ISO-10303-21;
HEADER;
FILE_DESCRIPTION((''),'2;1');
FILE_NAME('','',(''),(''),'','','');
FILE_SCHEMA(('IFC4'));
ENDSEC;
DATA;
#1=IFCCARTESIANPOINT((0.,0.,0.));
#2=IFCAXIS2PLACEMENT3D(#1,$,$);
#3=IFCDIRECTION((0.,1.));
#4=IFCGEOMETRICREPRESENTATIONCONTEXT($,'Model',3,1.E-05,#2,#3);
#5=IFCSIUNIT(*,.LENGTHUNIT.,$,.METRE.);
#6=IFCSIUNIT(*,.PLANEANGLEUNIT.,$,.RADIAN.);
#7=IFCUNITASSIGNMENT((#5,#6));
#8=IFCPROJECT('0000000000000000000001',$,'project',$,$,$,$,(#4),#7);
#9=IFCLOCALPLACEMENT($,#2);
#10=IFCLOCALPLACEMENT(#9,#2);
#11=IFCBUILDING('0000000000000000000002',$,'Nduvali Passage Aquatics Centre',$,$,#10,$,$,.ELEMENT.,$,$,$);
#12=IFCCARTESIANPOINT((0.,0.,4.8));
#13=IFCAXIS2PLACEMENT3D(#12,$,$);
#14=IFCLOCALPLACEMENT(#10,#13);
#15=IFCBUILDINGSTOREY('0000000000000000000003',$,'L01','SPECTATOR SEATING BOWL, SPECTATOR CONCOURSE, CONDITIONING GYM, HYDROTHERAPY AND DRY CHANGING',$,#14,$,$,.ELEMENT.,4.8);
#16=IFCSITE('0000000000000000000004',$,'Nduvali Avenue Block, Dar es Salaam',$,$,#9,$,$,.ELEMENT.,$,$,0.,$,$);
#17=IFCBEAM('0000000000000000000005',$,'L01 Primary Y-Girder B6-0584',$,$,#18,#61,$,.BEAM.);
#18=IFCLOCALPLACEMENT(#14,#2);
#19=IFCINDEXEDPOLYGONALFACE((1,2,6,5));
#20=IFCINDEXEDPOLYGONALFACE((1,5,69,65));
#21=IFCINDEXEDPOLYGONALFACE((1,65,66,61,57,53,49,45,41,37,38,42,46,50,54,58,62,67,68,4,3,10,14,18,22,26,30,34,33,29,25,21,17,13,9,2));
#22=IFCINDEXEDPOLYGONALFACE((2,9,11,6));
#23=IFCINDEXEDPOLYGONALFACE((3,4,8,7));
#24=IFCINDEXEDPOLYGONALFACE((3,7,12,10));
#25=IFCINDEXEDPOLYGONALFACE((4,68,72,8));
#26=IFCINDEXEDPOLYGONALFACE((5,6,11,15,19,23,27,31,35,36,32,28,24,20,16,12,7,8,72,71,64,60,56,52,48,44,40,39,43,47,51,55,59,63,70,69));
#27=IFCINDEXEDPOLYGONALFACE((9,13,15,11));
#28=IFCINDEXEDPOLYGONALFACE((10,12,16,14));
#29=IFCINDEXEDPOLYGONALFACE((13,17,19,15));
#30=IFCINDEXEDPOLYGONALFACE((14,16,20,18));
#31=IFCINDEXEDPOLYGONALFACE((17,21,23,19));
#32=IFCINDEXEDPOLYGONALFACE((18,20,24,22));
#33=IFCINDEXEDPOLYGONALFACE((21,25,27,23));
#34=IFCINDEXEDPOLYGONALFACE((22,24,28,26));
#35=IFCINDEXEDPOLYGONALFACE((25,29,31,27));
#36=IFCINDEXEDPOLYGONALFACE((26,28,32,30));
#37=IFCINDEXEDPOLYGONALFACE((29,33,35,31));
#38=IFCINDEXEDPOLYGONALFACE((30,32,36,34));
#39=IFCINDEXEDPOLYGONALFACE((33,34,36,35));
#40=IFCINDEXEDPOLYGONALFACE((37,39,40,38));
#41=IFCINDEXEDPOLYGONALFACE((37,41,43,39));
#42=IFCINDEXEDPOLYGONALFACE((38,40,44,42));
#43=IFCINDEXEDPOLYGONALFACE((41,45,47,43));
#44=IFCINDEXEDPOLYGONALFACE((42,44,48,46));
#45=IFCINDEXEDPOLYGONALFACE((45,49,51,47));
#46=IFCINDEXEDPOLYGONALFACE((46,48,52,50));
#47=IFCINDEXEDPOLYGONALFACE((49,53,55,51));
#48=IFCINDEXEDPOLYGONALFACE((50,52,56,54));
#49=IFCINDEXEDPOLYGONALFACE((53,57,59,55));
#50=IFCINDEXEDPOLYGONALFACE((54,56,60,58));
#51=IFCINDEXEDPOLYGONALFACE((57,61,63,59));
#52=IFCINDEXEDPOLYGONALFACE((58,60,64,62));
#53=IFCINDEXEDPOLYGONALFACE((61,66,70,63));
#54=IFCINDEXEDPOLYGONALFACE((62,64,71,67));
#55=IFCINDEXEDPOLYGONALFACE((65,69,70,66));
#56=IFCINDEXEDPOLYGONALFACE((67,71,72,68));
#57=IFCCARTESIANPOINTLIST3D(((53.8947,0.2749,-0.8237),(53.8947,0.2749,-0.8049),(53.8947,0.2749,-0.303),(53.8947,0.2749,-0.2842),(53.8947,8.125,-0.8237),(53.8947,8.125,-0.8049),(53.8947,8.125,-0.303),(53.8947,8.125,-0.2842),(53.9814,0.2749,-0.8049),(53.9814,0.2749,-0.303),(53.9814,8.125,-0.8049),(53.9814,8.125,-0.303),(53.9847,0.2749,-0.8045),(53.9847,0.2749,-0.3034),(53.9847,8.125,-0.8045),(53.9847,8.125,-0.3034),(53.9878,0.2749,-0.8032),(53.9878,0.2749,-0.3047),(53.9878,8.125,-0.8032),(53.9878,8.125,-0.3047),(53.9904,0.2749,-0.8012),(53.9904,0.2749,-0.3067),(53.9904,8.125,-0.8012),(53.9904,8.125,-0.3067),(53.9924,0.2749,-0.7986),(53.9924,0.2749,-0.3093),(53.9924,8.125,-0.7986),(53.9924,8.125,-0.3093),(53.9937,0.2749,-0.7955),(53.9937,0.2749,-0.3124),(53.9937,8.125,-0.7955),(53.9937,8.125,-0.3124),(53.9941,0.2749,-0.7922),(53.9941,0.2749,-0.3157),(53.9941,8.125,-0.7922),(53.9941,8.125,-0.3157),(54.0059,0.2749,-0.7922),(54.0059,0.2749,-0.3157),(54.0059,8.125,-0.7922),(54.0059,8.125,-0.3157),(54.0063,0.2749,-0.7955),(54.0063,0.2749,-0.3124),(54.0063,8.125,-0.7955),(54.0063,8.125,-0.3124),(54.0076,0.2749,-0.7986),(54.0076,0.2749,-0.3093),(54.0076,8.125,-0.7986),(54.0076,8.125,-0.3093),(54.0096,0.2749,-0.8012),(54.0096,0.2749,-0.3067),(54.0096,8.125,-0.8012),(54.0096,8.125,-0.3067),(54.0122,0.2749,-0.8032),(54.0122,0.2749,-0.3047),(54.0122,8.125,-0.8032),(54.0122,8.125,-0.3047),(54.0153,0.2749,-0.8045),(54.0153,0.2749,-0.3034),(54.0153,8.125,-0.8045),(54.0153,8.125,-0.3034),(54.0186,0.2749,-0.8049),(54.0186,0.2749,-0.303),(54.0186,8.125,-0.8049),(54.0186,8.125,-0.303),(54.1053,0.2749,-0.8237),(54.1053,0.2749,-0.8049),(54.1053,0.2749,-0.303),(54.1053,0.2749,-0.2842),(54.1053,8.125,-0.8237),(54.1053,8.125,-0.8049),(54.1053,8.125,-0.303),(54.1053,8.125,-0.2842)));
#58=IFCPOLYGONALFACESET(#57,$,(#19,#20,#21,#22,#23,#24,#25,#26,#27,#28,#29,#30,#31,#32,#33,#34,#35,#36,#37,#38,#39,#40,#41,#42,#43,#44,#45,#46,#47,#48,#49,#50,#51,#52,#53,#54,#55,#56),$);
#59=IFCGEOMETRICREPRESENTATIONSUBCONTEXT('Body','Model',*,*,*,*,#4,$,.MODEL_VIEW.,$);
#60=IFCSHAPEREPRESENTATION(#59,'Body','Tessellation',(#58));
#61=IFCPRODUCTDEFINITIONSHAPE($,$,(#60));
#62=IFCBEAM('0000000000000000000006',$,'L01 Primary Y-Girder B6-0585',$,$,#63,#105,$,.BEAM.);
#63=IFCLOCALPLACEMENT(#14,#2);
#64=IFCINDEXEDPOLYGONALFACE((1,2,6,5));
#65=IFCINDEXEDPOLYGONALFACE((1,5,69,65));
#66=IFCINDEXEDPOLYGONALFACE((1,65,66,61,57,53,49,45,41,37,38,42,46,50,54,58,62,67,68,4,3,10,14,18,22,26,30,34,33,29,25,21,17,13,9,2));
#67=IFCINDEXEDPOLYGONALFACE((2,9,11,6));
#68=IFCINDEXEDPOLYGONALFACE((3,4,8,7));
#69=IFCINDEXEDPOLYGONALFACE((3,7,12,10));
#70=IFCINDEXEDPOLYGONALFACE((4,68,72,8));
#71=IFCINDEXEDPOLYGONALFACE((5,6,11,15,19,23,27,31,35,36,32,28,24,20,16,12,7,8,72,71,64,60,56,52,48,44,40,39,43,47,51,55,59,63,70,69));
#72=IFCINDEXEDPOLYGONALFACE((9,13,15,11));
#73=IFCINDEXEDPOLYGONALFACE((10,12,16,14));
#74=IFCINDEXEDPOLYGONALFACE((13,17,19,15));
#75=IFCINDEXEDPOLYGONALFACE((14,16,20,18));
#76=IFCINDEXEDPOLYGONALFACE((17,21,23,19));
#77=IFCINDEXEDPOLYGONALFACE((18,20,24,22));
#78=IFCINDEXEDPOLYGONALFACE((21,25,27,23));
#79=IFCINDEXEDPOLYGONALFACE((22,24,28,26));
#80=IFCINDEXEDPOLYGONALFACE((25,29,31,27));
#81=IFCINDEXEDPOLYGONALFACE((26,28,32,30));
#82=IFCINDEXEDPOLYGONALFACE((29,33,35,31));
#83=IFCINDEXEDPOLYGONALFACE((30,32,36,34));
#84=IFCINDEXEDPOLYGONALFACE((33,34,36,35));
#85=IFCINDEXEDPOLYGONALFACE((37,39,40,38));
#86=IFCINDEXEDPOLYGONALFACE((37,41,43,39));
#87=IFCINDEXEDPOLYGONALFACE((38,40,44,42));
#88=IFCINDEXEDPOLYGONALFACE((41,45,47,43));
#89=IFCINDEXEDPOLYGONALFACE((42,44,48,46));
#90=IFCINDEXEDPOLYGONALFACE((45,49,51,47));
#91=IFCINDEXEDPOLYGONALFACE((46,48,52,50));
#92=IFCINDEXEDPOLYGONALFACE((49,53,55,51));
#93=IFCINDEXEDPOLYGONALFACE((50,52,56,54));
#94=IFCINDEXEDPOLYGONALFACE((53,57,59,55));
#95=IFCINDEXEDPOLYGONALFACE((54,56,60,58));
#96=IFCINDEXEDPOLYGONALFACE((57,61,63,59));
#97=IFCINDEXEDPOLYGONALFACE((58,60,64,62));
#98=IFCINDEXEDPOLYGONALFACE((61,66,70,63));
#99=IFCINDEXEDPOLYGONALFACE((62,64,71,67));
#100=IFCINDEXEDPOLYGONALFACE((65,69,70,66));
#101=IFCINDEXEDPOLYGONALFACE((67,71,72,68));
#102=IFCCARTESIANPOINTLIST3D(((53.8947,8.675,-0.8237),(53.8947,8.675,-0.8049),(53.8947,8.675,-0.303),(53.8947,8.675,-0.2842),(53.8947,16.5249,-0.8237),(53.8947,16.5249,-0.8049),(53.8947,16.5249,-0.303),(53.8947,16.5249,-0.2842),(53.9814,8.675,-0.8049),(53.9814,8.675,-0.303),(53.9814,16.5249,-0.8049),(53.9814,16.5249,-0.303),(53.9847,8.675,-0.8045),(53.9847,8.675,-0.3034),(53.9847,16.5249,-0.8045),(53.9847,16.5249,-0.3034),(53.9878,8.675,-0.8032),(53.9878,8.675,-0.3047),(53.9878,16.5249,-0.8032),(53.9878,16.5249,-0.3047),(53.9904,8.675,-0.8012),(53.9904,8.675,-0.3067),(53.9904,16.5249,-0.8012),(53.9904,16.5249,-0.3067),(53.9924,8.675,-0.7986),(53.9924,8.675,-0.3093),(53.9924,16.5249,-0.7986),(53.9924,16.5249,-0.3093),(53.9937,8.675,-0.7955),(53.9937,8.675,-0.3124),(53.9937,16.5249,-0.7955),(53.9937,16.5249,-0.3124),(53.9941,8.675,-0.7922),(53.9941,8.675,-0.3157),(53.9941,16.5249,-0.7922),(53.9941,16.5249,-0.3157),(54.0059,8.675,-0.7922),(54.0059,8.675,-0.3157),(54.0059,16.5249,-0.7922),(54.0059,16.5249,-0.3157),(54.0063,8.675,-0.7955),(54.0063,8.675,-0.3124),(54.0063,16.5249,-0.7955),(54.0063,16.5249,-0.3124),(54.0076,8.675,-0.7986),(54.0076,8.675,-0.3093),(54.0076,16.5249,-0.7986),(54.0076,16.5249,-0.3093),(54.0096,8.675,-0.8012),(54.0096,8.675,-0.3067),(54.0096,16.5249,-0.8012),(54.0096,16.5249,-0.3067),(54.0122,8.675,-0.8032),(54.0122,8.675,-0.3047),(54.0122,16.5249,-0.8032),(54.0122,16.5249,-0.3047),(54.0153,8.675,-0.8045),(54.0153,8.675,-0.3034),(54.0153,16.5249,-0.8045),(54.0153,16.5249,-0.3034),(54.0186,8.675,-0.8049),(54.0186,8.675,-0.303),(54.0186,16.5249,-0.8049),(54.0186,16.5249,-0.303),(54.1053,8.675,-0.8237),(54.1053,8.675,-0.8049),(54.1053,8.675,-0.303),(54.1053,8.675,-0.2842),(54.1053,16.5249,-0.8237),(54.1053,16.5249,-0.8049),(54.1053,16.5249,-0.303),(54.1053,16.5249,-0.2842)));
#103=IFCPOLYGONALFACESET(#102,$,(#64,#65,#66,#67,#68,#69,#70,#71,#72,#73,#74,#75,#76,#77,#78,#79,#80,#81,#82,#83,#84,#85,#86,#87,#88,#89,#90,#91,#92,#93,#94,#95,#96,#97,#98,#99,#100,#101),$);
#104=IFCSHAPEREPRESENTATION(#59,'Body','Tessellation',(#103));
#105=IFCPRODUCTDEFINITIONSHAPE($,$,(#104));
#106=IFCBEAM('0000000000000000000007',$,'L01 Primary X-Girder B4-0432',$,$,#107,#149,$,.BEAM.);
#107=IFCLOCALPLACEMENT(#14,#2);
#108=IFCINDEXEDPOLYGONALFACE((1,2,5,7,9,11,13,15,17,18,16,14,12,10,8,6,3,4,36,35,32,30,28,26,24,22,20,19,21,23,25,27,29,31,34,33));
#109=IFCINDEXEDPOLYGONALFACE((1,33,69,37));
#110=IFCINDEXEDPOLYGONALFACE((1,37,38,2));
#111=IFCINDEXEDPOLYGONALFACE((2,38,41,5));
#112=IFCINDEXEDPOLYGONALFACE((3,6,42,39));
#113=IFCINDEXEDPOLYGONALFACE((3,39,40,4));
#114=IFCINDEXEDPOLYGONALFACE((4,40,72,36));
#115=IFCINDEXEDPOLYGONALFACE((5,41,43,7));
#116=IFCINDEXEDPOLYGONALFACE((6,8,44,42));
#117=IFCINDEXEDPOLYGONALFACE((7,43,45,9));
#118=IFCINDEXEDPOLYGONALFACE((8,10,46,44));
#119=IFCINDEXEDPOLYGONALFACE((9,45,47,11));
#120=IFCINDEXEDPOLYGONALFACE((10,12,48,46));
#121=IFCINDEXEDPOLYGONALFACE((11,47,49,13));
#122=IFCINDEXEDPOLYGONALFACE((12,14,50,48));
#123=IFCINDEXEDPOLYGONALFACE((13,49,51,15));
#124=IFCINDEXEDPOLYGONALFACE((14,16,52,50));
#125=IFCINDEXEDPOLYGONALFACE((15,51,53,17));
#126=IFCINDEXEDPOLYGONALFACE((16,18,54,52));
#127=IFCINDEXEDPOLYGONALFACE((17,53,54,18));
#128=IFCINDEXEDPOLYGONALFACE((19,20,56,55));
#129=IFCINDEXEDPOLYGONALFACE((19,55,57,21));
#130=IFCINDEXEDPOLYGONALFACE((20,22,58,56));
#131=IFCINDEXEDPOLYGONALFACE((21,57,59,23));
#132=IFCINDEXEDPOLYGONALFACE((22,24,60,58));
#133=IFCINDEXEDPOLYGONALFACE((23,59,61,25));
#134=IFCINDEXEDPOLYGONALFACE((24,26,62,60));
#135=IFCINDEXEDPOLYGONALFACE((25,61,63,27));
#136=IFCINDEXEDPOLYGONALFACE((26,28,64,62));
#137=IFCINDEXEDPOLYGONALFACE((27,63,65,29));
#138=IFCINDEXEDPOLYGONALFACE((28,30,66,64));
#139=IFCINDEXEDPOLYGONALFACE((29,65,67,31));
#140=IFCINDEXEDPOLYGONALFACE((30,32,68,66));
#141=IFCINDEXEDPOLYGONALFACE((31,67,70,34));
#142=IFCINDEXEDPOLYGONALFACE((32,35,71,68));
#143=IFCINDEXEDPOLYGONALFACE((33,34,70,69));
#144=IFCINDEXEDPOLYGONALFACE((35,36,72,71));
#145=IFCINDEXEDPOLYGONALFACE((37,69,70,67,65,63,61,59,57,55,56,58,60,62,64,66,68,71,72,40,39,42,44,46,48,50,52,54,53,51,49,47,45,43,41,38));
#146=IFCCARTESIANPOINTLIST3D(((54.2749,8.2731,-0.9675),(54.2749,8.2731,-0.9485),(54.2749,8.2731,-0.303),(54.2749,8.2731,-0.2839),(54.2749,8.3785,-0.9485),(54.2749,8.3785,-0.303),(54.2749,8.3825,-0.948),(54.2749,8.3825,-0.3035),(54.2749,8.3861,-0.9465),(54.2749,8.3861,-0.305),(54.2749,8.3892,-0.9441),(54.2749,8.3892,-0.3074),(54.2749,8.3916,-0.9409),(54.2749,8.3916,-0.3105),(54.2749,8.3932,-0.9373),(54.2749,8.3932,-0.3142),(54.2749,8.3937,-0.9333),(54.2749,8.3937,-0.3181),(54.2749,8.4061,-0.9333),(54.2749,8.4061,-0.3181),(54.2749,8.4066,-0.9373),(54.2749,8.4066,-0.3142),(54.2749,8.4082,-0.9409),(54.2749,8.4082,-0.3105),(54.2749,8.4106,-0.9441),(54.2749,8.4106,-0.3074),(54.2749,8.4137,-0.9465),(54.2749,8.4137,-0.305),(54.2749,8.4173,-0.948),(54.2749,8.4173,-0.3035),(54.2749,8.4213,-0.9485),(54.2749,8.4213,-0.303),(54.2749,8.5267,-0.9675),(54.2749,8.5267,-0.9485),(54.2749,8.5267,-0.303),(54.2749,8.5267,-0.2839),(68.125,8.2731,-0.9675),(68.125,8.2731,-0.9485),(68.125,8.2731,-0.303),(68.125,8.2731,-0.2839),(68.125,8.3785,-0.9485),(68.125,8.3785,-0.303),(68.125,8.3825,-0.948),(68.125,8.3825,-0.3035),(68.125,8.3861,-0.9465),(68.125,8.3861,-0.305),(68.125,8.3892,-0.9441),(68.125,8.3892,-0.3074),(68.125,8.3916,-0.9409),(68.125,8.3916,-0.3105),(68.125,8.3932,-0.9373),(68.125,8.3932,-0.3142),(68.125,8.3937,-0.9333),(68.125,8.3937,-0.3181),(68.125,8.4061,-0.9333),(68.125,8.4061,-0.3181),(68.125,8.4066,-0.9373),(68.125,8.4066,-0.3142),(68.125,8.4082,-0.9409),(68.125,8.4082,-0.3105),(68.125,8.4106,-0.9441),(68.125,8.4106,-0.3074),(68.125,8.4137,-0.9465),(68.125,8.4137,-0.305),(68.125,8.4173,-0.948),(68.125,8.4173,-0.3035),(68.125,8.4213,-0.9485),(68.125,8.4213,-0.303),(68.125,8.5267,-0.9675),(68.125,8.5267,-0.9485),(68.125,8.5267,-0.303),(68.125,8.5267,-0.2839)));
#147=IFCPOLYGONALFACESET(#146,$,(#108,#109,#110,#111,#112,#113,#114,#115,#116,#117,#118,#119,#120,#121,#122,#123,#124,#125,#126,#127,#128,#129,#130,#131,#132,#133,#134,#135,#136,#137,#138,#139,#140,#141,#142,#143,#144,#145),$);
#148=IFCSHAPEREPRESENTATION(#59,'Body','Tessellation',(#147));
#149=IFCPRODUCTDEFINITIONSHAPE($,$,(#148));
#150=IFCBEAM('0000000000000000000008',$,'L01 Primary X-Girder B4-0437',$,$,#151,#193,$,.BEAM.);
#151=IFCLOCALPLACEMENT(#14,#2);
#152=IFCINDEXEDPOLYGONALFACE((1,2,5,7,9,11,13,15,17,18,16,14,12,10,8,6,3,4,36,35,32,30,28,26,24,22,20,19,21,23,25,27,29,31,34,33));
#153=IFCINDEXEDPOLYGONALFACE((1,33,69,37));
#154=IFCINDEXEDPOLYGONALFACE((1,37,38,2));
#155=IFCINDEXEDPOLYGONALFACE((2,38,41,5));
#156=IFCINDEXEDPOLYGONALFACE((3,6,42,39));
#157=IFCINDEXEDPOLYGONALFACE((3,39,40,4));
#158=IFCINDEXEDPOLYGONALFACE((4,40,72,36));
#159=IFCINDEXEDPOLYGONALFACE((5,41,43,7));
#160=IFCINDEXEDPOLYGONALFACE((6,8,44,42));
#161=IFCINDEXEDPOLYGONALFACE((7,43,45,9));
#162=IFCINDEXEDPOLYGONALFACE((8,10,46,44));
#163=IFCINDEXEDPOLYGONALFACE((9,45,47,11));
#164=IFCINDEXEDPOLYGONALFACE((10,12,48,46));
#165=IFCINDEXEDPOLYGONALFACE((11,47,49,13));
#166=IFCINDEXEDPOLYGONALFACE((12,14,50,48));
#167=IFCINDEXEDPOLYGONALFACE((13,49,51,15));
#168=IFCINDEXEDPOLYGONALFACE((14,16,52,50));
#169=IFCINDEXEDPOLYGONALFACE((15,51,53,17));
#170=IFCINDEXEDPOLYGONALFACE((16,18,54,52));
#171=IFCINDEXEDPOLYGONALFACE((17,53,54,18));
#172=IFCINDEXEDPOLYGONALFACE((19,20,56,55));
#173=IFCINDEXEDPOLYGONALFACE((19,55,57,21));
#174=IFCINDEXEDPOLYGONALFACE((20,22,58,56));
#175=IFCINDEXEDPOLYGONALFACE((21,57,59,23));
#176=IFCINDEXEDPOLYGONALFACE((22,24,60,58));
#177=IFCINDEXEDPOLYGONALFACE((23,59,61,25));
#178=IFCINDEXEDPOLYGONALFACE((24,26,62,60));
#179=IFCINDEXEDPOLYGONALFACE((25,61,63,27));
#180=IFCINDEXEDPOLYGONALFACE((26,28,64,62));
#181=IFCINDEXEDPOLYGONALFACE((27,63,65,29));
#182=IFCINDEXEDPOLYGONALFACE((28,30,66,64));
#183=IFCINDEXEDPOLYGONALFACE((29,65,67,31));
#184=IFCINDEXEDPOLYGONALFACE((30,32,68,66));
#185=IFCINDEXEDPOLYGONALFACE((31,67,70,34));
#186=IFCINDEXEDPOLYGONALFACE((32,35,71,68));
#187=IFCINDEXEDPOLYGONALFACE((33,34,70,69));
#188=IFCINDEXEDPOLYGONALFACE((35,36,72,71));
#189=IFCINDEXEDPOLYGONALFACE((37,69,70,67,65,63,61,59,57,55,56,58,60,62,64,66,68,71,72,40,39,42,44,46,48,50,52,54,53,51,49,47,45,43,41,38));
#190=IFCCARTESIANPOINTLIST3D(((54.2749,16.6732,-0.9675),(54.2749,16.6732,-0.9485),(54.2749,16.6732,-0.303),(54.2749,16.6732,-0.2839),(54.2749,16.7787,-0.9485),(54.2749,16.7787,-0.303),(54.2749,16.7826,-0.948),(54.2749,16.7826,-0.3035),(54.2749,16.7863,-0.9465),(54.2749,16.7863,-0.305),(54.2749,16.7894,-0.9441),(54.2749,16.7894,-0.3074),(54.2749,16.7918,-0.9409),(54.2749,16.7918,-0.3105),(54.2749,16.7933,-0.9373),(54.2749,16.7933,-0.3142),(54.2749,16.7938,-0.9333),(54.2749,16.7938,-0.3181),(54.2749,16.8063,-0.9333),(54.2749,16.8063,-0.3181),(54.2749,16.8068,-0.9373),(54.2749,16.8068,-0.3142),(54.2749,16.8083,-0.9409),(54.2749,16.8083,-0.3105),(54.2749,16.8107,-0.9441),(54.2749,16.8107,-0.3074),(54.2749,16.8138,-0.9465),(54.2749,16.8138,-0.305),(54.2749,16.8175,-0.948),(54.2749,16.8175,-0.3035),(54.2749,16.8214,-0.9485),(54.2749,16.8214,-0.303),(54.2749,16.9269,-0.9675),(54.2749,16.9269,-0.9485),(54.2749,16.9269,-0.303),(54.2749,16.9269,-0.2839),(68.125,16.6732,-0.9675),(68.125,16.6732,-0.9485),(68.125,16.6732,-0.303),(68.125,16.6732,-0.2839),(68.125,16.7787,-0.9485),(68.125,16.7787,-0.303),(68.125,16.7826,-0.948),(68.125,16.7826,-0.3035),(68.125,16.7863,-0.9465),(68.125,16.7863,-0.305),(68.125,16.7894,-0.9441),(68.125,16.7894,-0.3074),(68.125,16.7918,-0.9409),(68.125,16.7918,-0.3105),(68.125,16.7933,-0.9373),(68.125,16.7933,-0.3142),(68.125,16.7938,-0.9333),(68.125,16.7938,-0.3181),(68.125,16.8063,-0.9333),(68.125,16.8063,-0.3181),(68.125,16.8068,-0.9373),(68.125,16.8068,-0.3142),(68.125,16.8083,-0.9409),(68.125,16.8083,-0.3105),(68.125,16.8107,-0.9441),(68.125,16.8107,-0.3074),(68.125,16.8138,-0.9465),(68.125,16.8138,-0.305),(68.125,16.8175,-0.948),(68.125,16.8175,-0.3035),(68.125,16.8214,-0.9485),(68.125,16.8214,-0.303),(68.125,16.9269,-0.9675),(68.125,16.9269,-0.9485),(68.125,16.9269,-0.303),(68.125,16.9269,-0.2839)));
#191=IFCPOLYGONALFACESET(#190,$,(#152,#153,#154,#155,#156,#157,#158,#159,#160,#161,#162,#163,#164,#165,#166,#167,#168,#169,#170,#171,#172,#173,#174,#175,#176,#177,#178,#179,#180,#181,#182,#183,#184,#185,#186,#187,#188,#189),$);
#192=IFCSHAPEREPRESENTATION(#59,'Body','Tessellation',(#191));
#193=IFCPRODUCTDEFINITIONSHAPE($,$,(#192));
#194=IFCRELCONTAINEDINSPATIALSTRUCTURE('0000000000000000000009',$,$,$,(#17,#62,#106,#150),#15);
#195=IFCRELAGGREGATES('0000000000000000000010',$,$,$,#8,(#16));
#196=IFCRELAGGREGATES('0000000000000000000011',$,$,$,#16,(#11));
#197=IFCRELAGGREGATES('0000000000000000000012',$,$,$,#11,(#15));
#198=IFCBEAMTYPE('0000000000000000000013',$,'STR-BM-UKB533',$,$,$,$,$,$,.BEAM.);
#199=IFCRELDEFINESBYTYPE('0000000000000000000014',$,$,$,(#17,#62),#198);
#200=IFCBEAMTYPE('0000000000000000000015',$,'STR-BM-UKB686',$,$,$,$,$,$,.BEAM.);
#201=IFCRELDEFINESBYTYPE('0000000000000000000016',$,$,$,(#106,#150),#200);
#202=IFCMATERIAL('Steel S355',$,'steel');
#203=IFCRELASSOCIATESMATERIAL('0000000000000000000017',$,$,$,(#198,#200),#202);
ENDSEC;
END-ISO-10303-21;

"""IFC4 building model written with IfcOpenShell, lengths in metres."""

from ifc_helpers import new_model, si_unit, direction, frame, origin, origin_2d, place, context, subcontext, project, spatial, i_section, extrude, material, material_profile, profile_set, type_object, element, save


model = new_model("IFC4")

# Units and contexts
model_context = context("Model", 3, precision=1e-05, world=origin(), true_north=direction((0.0, 1.0)))
body_context = subcontext(model_context, "Body", "Model", "MODEL_VIEW")
ifc_project = project(units=[si_unit("LENGTHUNIT", "METRE"), si_unit("PLANEANGLEUNIT", "RADIAN")], contexts=[model_context])

# Site, building, storey
site_placement = place(None, origin())
site = spatial("IfcSite", under=ifc_project, at=site_placement, Name="Nduvali Avenue Block, Dar es Salaam", CompositionType="ELEMENT", RefElevation=0.0)
building_placement = place(site_placement, origin())
building = spatial("IfcBuilding", under=site, at=building_placement, Name="Nduvali Passage Aquatics Centre", CompositionType="ELEMENT")
storey_placement = place(building_placement, frame((0.0, 0.0, 4.8)))
storey = spatial("IfcBuildingStorey", under=building, at=storey_placement, Name="L01", Description="SPECTATOR SEATING BOWL, SPECTATOR CONCOURSE, CONDITIONING GYM, HYDROTHERAPY AND DRY CHANGING", CompositionType="ELEMENT", Elevation=4.8)

# Shared definitions
ifc_material_1 = material(Name="Steel S355", Category="steel")

# Beams
ifc_material_profile_1 = material_profile(ifc_material_1, i_section(OverallWidth=0.2107, OverallDepth=0.5396, WebThickness=0.0117, FlangeThickness=0.0188, FilletRadius=0.0127, at=origin_2d()), Name="UKB 533x210x109")
ifc_profile_set_1 = profile_set([ifc_material_profile_1], Name="Steel S355")
beam_type_1 = type_object("IfcBeamType", Name="STR-BM-UKB533", PredefinedType="BEAM", material=ifc_profile_set_1)
beam_1_placement = place(storey_placement, frame((54.0, 0.2749, -0.554), z_axis=(0.0, 1.0, 0.0), x_axis=(-1.0, 0.0, 0.0)))
element("IfcBeam", 1, at=beam_1_placement, inside=storey, type_object=beam_type_1, Name="L01 Primary Y-Girder B6-0584", PredefinedType="BEAM", context=body_context, shape_type="SweptSolid", body=[
    extrude(i_section(OverallWidth=0.2107, OverallDepth=0.5396, WebThickness=0.0117, FlangeThickness=0.0188, FilletRadius=0.0127, at=origin_2d()), origin(), (0.0, 0.0, 1.0), 7.8501),
])
beam_2_placement = place(storey_placement, frame((54.0, 8.675, -0.554), z_axis=(0.0, 1.0, 0.0), x_axis=(-1.0, 0.0, 0.0)))
element("IfcBeam", 2, at=beam_2_placement, inside=storey, type_object=beam_type_1, Name="L01 Primary Y-Girder B6-0585", PredefinedType="BEAM", context=body_context, shape_type="SweptSolid", body=[
    extrude(i_section(OverallWidth=0.2107, OverallDepth=0.5396, WebThickness=0.0117, FlangeThickness=0.0188, FilletRadius=0.0127, at=origin_2d()), origin(), (0.0, 0.0, 1.0), 7.8499),
])
ifc_material_profile_2 = material_profile(ifc_material_1, i_section(OverallWidth=0.2537, OverallDepth=0.6836, WebThickness=0.0125, FlangeThickness=0.019, FilletRadius=0.0151, at=origin_2d()), Name="UKB 686x254x140")
ifc_profile_set_2 = profile_set([ifc_material_profile_2], Name="Steel S355")
beam_type_2 = type_object("IfcBeamType", Name="STR-BM-UKB686", PredefinedType="BEAM", material=ifc_profile_set_2)
for number, where, z_axis, x_axis, name in (
    (3, (54.2749, 8.3999, -0.6257), (1.0, 0.0, 0.0), (0.0, 1.0, 0.0), "L01 Primary X-Girder B4-0432"),
    (4, (54.2749, 16.8, -0.6257), (1.0, 0.0, 0.0), (0.0, 1.0, 0.0), "L01 Primary X-Girder B4-0437"),
):
    element("IfcBeam", number, at=place(storey_placement, frame(where, z_axis=z_axis, x_axis=x_axis)), inside=storey, type_object=beam_type_2, Name=name, PredefinedType="BEAM", context=body_context, shape_type="SweptSolid", body=[
        extrude(i_section(OverallWidth=0.2537, OverallDepth=0.6836, WebThickness=0.0125, FlangeThickness=0.019, FilletRadius=0.0151, at=origin_2d()), origin(), (0.0, 0.0, 1.0), 13.8501),
    ])

save(model, "model.ifc")
